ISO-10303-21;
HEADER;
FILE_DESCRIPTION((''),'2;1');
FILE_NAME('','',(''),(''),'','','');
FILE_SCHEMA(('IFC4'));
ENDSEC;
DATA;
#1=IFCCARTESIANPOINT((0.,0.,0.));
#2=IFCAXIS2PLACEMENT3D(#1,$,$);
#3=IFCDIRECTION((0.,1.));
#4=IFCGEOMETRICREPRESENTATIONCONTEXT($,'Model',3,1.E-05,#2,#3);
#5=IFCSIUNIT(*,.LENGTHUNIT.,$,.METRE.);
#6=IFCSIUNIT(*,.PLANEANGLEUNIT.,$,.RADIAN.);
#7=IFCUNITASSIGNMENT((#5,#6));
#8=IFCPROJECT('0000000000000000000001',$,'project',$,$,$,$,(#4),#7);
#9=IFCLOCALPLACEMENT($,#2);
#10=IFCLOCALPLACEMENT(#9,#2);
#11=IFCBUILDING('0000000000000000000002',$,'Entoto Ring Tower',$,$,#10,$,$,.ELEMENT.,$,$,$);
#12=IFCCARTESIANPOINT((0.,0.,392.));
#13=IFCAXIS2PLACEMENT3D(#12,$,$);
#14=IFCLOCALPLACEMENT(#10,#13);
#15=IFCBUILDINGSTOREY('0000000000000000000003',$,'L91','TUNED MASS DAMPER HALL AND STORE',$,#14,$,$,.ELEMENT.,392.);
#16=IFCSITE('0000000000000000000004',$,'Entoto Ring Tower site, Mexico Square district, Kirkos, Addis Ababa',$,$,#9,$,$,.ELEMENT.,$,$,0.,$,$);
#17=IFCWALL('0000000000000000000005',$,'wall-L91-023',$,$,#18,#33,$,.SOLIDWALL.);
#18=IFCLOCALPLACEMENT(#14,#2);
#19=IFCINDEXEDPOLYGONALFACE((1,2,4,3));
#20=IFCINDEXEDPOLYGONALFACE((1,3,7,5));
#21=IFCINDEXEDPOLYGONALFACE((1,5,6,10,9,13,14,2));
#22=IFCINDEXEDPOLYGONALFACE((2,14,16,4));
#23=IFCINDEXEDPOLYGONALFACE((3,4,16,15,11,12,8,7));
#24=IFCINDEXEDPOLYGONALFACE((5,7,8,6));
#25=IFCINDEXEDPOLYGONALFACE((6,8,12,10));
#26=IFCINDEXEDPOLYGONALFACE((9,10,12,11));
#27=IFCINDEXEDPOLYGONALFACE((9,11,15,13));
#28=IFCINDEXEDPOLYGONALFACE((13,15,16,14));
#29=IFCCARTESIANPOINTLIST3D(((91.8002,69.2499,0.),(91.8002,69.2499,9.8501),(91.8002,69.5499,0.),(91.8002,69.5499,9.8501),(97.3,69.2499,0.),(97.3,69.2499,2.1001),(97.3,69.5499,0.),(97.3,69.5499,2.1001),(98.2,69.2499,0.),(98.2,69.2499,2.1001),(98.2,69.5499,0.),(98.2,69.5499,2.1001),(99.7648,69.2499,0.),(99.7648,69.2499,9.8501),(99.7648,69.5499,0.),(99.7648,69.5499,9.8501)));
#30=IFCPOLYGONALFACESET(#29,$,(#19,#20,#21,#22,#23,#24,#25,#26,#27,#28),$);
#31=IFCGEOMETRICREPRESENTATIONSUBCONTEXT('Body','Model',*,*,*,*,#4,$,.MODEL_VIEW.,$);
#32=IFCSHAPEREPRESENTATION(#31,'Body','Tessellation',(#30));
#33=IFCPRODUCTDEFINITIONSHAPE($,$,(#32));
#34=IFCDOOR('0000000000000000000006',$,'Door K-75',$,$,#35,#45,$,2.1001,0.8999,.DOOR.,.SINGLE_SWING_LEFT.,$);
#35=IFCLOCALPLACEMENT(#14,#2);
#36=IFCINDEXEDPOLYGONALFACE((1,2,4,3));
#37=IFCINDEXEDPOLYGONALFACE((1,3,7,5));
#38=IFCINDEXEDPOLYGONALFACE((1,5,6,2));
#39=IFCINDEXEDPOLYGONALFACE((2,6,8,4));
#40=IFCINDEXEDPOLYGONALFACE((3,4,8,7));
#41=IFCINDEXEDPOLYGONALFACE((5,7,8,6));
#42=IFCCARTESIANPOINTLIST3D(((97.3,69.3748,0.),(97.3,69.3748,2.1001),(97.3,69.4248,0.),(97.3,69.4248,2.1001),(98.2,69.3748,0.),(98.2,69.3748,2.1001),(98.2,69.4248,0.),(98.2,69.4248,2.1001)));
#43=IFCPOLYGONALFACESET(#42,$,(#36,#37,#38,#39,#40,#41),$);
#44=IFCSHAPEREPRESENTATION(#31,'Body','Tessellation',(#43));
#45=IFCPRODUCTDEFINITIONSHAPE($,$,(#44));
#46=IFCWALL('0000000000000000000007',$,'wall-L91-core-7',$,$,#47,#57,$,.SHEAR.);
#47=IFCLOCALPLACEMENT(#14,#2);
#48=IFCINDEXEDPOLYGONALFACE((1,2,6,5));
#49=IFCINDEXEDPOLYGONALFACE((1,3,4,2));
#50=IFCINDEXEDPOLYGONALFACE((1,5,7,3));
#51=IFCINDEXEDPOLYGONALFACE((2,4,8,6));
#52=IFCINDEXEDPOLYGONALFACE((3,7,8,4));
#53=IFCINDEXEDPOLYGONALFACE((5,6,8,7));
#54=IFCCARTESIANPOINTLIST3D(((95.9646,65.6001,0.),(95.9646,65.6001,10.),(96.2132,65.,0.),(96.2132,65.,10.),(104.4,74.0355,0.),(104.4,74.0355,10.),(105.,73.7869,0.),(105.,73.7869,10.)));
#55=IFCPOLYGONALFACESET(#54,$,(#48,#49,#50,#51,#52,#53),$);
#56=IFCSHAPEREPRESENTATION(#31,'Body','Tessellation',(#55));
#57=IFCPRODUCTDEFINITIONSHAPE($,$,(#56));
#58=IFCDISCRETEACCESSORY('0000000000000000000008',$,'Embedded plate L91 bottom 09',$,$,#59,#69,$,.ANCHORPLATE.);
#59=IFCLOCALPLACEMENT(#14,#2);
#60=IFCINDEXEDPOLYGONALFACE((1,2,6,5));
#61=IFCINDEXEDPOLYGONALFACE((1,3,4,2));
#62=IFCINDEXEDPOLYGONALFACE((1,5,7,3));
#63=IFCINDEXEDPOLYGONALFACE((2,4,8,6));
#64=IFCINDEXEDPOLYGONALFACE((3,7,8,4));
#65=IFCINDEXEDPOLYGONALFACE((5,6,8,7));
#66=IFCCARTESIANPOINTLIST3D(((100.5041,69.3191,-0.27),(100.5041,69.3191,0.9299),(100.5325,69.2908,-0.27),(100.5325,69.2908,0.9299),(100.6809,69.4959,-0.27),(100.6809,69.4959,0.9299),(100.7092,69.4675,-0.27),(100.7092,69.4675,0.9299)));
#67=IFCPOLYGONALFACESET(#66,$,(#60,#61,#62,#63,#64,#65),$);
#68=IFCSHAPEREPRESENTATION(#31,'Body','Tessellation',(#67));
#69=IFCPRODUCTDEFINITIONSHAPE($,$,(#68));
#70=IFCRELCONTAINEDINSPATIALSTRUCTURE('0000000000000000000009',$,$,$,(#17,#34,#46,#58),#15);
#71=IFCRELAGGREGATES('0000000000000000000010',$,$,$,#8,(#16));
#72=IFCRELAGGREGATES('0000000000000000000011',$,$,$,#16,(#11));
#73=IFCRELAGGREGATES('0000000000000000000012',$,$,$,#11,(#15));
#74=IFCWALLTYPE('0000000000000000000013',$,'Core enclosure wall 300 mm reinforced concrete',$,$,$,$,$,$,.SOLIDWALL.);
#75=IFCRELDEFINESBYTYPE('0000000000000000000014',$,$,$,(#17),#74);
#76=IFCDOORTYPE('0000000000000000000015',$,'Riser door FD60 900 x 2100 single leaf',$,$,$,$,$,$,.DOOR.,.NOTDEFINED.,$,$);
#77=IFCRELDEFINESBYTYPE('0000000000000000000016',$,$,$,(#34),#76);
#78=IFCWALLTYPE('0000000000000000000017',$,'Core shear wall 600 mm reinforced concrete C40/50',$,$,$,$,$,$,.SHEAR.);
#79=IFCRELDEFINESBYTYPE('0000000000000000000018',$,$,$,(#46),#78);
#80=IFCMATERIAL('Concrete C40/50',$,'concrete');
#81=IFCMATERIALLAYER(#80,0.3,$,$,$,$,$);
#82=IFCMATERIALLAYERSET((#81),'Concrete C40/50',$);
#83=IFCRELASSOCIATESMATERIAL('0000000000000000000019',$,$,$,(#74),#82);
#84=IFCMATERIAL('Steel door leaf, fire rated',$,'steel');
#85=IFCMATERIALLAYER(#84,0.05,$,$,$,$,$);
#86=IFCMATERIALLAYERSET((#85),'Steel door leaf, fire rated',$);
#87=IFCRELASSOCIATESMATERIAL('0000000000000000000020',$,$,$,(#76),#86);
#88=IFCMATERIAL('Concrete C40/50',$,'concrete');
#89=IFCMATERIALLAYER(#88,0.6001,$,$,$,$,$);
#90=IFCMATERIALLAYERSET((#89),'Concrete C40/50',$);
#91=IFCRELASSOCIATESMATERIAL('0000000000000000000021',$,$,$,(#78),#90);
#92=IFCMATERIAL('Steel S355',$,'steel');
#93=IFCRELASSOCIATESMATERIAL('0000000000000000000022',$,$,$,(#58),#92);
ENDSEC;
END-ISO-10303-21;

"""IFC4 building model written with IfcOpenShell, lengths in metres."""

from ifc_helpers import new_model, si_unit, direction, frame, frame_2d, origin, origin_2d, place, context, subcontext, project, spatial, polyline, rectangle, outline, extrude, material, layer, layer_set, type_object, element, fill, save


model = new_model("IFC4")

# Units and contexts
model_context = context("Model", 3, precision=1e-05, world=origin(), true_north=direction((0.0, 1.0)))
body_context = subcontext(model_context, "Body", "Model", "MODEL_VIEW")
ifc_project = project(units=[si_unit("LENGTHUNIT", "METRE"), si_unit("PLANEANGLEUNIT", "RADIAN")], contexts=[model_context])

# Site, building, storey
site_placement = place(None, origin())
site = spatial("IfcSite", under=ifc_project, at=site_placement, Name="Entoto Ring Tower site, Mexico Square district, Kirkos, Addis Ababa", CompositionType="ELEMENT", RefElevation=0.0)
building_placement = place(site_placement, origin())
building = spatial("IfcBuilding", under=site, at=building_placement, Name="Entoto Ring Tower", CompositionType="ELEMENT")
storey_placement = place(building_placement, frame((0.0, 0.0, 392.0)))
storey = spatial("IfcBuildingStorey", under=building, at=storey_placement, Name="L91", Description="TUNED MASS DAMPER HALL AND STORE", CompositionType="ELEMENT", Elevation=392.0)

# Shared definitions
ifc_material_1 = material(Name="Concrete C40/50", Category="concrete")
ifc_layer_1 = layer(ifc_material_1, 0.3)
ifc_layer_set_1 = layer_set([ifc_layer_1], Name="Concrete C40/50")
wall_type_1 = type_object("IfcWallType", Name="Core enclosure wall 300 mm reinforced concrete", PredefinedType="SOLIDWALL", material=ifc_layer_set_1)

# Wall, opening, door
wall_1_placement = place(storey_placement, frame((91.8, 69.3999, 0.0), z_axis=(0.0, 0.0, 1.0), x_axis=(1.0, 0.0, 0.0)))
wall_1 = element("IfcWall", 1, at=wall_1_placement, inside=storey, type_object=wall_type_1, Name="wall-L91-023", PredefinedType="SOLIDWALL", context=body_context, shape_type="SweptSolid", body=[
    extrude(rectangle(XDim=7.9646, YDim=0.3, at=frame_2d((3.9824, 0.0))), origin(), (0.0, 0.0, 1.0), 9.8501),
])
opening_1_placement = place(wall_1_placement, frame((5.5, 0.0, 0.0)))
opening_1 = element("IfcOpeningElement", 2, at=opening_1_placement, cuts=wall_1, PredefinedType="OPENING", context=body_context, shape_type="SweptSolid", body=[
    extrude(rectangle(XDim=0.8999, YDim=2.1001, at=frame_2d((0.45, 1.05))), frame((0.0, 0.1602, 0.0), z_axis=(0.0, -1.0, 0.0), x_axis=(1.0, 0.0, 0.0)), (0.0, 0.0, 1.0), 0.3201),
])
ifc_material_2 = material(Name="Steel door leaf, fire rated", Category="steel")
ifc_layer_2 = layer(ifc_material_2, 0.05)
ifc_layer_set_2 = layer_set([ifc_layer_2], Name="Steel door leaf, fire rated")
door_type_1 = type_object("IfcDoorType", Name="Riser door FD60 900 x 2100 single leaf", OperationType="NOTDEFINED", PredefinedType="DOOR", material=ifc_layer_set_2)
door_1_placement = place(opening_1_placement, origin())
door_1 = element("IfcDoor", 3, at=door_1_placement, inside=storey, type_object=door_type_1, Name="Door K-75", OperationType="SINGLE_SWING_LEFT", OverallHeight=2.1001, OverallWidth=0.8999, PredefinedType="DOOR", context=body_context, shape_type="SweptSolid", body=[
    extrude(rectangle(XDim=0.8999, YDim=2.1001, at=frame_2d((0.45, 1.05))), frame((0.0, 0.0249, 0.0), z_axis=(0.0, -1.0, 0.0), x_axis=(1.0, 0.0, 0.0)), (0.0, 0.0, 1.0), 0.05),
])
fill(opening_1, door_1)

# Wall
ifc_material_3 = material(Name="Concrete C40/50", Category="concrete")
ifc_layer_3 = layer(ifc_material_3, 0.6001)
ifc_layer_set_3 = layer_set([ifc_layer_3], Name="Concrete C40/50")
wall_type_2 = type_object("IfcWallType", Name="Core shear wall 600 mm reinforced concrete C40/50", PredefinedType="SHEAR", material=ifc_layer_set_3)
wall_2_placement = place(storey_placement, frame((96.0889, 65.3, 0.0), z_axis=(0.0, 0.0, 1.0), x_axis=(0.707107, 0.707107, 0.0)))
element("IfcWall", 4, at=wall_2_placement, inside=storey, type_object=wall_type_2, Name="wall-L91-core-7", PredefinedType="SHEAR", context=body_context, shape_type="SweptSolid", body=[
    extrude(outline(polyline([(-0.1243, -0.3), (12.3022, -0.3), (12.0537, 0.3), (0.1243, 0.3), (-0.1243, -0.3)])), origin(), (0.0, 0.0, 1.0), 10.0),
])

# Discrete accessory
ifc_material_4 = material(Name="Steel S355", Category="steel")
discrete_accessory_placement = place(storey_placement, frame((100.6067, 69.3933, -0.27), z_axis=(0.0, 0.0, 1.0), x_axis=(0.707107, -0.707107, 0.0)))
element("IfcDiscreteAccessory", 5, at=discrete_accessory_placement, inside=storey, material=ifc_material_4, Name="Embedded plate L91 bottom 09", PredefinedType="ANCHORPLATE", context=body_context, shape_type="SweptSolid", body=[
    extrude(rectangle(XDim=0.04, YDim=0.25, at=origin_2d()), origin(), (0.0, 0.0, 1.0), 1.2),
])

save(model, "model.ifc")
